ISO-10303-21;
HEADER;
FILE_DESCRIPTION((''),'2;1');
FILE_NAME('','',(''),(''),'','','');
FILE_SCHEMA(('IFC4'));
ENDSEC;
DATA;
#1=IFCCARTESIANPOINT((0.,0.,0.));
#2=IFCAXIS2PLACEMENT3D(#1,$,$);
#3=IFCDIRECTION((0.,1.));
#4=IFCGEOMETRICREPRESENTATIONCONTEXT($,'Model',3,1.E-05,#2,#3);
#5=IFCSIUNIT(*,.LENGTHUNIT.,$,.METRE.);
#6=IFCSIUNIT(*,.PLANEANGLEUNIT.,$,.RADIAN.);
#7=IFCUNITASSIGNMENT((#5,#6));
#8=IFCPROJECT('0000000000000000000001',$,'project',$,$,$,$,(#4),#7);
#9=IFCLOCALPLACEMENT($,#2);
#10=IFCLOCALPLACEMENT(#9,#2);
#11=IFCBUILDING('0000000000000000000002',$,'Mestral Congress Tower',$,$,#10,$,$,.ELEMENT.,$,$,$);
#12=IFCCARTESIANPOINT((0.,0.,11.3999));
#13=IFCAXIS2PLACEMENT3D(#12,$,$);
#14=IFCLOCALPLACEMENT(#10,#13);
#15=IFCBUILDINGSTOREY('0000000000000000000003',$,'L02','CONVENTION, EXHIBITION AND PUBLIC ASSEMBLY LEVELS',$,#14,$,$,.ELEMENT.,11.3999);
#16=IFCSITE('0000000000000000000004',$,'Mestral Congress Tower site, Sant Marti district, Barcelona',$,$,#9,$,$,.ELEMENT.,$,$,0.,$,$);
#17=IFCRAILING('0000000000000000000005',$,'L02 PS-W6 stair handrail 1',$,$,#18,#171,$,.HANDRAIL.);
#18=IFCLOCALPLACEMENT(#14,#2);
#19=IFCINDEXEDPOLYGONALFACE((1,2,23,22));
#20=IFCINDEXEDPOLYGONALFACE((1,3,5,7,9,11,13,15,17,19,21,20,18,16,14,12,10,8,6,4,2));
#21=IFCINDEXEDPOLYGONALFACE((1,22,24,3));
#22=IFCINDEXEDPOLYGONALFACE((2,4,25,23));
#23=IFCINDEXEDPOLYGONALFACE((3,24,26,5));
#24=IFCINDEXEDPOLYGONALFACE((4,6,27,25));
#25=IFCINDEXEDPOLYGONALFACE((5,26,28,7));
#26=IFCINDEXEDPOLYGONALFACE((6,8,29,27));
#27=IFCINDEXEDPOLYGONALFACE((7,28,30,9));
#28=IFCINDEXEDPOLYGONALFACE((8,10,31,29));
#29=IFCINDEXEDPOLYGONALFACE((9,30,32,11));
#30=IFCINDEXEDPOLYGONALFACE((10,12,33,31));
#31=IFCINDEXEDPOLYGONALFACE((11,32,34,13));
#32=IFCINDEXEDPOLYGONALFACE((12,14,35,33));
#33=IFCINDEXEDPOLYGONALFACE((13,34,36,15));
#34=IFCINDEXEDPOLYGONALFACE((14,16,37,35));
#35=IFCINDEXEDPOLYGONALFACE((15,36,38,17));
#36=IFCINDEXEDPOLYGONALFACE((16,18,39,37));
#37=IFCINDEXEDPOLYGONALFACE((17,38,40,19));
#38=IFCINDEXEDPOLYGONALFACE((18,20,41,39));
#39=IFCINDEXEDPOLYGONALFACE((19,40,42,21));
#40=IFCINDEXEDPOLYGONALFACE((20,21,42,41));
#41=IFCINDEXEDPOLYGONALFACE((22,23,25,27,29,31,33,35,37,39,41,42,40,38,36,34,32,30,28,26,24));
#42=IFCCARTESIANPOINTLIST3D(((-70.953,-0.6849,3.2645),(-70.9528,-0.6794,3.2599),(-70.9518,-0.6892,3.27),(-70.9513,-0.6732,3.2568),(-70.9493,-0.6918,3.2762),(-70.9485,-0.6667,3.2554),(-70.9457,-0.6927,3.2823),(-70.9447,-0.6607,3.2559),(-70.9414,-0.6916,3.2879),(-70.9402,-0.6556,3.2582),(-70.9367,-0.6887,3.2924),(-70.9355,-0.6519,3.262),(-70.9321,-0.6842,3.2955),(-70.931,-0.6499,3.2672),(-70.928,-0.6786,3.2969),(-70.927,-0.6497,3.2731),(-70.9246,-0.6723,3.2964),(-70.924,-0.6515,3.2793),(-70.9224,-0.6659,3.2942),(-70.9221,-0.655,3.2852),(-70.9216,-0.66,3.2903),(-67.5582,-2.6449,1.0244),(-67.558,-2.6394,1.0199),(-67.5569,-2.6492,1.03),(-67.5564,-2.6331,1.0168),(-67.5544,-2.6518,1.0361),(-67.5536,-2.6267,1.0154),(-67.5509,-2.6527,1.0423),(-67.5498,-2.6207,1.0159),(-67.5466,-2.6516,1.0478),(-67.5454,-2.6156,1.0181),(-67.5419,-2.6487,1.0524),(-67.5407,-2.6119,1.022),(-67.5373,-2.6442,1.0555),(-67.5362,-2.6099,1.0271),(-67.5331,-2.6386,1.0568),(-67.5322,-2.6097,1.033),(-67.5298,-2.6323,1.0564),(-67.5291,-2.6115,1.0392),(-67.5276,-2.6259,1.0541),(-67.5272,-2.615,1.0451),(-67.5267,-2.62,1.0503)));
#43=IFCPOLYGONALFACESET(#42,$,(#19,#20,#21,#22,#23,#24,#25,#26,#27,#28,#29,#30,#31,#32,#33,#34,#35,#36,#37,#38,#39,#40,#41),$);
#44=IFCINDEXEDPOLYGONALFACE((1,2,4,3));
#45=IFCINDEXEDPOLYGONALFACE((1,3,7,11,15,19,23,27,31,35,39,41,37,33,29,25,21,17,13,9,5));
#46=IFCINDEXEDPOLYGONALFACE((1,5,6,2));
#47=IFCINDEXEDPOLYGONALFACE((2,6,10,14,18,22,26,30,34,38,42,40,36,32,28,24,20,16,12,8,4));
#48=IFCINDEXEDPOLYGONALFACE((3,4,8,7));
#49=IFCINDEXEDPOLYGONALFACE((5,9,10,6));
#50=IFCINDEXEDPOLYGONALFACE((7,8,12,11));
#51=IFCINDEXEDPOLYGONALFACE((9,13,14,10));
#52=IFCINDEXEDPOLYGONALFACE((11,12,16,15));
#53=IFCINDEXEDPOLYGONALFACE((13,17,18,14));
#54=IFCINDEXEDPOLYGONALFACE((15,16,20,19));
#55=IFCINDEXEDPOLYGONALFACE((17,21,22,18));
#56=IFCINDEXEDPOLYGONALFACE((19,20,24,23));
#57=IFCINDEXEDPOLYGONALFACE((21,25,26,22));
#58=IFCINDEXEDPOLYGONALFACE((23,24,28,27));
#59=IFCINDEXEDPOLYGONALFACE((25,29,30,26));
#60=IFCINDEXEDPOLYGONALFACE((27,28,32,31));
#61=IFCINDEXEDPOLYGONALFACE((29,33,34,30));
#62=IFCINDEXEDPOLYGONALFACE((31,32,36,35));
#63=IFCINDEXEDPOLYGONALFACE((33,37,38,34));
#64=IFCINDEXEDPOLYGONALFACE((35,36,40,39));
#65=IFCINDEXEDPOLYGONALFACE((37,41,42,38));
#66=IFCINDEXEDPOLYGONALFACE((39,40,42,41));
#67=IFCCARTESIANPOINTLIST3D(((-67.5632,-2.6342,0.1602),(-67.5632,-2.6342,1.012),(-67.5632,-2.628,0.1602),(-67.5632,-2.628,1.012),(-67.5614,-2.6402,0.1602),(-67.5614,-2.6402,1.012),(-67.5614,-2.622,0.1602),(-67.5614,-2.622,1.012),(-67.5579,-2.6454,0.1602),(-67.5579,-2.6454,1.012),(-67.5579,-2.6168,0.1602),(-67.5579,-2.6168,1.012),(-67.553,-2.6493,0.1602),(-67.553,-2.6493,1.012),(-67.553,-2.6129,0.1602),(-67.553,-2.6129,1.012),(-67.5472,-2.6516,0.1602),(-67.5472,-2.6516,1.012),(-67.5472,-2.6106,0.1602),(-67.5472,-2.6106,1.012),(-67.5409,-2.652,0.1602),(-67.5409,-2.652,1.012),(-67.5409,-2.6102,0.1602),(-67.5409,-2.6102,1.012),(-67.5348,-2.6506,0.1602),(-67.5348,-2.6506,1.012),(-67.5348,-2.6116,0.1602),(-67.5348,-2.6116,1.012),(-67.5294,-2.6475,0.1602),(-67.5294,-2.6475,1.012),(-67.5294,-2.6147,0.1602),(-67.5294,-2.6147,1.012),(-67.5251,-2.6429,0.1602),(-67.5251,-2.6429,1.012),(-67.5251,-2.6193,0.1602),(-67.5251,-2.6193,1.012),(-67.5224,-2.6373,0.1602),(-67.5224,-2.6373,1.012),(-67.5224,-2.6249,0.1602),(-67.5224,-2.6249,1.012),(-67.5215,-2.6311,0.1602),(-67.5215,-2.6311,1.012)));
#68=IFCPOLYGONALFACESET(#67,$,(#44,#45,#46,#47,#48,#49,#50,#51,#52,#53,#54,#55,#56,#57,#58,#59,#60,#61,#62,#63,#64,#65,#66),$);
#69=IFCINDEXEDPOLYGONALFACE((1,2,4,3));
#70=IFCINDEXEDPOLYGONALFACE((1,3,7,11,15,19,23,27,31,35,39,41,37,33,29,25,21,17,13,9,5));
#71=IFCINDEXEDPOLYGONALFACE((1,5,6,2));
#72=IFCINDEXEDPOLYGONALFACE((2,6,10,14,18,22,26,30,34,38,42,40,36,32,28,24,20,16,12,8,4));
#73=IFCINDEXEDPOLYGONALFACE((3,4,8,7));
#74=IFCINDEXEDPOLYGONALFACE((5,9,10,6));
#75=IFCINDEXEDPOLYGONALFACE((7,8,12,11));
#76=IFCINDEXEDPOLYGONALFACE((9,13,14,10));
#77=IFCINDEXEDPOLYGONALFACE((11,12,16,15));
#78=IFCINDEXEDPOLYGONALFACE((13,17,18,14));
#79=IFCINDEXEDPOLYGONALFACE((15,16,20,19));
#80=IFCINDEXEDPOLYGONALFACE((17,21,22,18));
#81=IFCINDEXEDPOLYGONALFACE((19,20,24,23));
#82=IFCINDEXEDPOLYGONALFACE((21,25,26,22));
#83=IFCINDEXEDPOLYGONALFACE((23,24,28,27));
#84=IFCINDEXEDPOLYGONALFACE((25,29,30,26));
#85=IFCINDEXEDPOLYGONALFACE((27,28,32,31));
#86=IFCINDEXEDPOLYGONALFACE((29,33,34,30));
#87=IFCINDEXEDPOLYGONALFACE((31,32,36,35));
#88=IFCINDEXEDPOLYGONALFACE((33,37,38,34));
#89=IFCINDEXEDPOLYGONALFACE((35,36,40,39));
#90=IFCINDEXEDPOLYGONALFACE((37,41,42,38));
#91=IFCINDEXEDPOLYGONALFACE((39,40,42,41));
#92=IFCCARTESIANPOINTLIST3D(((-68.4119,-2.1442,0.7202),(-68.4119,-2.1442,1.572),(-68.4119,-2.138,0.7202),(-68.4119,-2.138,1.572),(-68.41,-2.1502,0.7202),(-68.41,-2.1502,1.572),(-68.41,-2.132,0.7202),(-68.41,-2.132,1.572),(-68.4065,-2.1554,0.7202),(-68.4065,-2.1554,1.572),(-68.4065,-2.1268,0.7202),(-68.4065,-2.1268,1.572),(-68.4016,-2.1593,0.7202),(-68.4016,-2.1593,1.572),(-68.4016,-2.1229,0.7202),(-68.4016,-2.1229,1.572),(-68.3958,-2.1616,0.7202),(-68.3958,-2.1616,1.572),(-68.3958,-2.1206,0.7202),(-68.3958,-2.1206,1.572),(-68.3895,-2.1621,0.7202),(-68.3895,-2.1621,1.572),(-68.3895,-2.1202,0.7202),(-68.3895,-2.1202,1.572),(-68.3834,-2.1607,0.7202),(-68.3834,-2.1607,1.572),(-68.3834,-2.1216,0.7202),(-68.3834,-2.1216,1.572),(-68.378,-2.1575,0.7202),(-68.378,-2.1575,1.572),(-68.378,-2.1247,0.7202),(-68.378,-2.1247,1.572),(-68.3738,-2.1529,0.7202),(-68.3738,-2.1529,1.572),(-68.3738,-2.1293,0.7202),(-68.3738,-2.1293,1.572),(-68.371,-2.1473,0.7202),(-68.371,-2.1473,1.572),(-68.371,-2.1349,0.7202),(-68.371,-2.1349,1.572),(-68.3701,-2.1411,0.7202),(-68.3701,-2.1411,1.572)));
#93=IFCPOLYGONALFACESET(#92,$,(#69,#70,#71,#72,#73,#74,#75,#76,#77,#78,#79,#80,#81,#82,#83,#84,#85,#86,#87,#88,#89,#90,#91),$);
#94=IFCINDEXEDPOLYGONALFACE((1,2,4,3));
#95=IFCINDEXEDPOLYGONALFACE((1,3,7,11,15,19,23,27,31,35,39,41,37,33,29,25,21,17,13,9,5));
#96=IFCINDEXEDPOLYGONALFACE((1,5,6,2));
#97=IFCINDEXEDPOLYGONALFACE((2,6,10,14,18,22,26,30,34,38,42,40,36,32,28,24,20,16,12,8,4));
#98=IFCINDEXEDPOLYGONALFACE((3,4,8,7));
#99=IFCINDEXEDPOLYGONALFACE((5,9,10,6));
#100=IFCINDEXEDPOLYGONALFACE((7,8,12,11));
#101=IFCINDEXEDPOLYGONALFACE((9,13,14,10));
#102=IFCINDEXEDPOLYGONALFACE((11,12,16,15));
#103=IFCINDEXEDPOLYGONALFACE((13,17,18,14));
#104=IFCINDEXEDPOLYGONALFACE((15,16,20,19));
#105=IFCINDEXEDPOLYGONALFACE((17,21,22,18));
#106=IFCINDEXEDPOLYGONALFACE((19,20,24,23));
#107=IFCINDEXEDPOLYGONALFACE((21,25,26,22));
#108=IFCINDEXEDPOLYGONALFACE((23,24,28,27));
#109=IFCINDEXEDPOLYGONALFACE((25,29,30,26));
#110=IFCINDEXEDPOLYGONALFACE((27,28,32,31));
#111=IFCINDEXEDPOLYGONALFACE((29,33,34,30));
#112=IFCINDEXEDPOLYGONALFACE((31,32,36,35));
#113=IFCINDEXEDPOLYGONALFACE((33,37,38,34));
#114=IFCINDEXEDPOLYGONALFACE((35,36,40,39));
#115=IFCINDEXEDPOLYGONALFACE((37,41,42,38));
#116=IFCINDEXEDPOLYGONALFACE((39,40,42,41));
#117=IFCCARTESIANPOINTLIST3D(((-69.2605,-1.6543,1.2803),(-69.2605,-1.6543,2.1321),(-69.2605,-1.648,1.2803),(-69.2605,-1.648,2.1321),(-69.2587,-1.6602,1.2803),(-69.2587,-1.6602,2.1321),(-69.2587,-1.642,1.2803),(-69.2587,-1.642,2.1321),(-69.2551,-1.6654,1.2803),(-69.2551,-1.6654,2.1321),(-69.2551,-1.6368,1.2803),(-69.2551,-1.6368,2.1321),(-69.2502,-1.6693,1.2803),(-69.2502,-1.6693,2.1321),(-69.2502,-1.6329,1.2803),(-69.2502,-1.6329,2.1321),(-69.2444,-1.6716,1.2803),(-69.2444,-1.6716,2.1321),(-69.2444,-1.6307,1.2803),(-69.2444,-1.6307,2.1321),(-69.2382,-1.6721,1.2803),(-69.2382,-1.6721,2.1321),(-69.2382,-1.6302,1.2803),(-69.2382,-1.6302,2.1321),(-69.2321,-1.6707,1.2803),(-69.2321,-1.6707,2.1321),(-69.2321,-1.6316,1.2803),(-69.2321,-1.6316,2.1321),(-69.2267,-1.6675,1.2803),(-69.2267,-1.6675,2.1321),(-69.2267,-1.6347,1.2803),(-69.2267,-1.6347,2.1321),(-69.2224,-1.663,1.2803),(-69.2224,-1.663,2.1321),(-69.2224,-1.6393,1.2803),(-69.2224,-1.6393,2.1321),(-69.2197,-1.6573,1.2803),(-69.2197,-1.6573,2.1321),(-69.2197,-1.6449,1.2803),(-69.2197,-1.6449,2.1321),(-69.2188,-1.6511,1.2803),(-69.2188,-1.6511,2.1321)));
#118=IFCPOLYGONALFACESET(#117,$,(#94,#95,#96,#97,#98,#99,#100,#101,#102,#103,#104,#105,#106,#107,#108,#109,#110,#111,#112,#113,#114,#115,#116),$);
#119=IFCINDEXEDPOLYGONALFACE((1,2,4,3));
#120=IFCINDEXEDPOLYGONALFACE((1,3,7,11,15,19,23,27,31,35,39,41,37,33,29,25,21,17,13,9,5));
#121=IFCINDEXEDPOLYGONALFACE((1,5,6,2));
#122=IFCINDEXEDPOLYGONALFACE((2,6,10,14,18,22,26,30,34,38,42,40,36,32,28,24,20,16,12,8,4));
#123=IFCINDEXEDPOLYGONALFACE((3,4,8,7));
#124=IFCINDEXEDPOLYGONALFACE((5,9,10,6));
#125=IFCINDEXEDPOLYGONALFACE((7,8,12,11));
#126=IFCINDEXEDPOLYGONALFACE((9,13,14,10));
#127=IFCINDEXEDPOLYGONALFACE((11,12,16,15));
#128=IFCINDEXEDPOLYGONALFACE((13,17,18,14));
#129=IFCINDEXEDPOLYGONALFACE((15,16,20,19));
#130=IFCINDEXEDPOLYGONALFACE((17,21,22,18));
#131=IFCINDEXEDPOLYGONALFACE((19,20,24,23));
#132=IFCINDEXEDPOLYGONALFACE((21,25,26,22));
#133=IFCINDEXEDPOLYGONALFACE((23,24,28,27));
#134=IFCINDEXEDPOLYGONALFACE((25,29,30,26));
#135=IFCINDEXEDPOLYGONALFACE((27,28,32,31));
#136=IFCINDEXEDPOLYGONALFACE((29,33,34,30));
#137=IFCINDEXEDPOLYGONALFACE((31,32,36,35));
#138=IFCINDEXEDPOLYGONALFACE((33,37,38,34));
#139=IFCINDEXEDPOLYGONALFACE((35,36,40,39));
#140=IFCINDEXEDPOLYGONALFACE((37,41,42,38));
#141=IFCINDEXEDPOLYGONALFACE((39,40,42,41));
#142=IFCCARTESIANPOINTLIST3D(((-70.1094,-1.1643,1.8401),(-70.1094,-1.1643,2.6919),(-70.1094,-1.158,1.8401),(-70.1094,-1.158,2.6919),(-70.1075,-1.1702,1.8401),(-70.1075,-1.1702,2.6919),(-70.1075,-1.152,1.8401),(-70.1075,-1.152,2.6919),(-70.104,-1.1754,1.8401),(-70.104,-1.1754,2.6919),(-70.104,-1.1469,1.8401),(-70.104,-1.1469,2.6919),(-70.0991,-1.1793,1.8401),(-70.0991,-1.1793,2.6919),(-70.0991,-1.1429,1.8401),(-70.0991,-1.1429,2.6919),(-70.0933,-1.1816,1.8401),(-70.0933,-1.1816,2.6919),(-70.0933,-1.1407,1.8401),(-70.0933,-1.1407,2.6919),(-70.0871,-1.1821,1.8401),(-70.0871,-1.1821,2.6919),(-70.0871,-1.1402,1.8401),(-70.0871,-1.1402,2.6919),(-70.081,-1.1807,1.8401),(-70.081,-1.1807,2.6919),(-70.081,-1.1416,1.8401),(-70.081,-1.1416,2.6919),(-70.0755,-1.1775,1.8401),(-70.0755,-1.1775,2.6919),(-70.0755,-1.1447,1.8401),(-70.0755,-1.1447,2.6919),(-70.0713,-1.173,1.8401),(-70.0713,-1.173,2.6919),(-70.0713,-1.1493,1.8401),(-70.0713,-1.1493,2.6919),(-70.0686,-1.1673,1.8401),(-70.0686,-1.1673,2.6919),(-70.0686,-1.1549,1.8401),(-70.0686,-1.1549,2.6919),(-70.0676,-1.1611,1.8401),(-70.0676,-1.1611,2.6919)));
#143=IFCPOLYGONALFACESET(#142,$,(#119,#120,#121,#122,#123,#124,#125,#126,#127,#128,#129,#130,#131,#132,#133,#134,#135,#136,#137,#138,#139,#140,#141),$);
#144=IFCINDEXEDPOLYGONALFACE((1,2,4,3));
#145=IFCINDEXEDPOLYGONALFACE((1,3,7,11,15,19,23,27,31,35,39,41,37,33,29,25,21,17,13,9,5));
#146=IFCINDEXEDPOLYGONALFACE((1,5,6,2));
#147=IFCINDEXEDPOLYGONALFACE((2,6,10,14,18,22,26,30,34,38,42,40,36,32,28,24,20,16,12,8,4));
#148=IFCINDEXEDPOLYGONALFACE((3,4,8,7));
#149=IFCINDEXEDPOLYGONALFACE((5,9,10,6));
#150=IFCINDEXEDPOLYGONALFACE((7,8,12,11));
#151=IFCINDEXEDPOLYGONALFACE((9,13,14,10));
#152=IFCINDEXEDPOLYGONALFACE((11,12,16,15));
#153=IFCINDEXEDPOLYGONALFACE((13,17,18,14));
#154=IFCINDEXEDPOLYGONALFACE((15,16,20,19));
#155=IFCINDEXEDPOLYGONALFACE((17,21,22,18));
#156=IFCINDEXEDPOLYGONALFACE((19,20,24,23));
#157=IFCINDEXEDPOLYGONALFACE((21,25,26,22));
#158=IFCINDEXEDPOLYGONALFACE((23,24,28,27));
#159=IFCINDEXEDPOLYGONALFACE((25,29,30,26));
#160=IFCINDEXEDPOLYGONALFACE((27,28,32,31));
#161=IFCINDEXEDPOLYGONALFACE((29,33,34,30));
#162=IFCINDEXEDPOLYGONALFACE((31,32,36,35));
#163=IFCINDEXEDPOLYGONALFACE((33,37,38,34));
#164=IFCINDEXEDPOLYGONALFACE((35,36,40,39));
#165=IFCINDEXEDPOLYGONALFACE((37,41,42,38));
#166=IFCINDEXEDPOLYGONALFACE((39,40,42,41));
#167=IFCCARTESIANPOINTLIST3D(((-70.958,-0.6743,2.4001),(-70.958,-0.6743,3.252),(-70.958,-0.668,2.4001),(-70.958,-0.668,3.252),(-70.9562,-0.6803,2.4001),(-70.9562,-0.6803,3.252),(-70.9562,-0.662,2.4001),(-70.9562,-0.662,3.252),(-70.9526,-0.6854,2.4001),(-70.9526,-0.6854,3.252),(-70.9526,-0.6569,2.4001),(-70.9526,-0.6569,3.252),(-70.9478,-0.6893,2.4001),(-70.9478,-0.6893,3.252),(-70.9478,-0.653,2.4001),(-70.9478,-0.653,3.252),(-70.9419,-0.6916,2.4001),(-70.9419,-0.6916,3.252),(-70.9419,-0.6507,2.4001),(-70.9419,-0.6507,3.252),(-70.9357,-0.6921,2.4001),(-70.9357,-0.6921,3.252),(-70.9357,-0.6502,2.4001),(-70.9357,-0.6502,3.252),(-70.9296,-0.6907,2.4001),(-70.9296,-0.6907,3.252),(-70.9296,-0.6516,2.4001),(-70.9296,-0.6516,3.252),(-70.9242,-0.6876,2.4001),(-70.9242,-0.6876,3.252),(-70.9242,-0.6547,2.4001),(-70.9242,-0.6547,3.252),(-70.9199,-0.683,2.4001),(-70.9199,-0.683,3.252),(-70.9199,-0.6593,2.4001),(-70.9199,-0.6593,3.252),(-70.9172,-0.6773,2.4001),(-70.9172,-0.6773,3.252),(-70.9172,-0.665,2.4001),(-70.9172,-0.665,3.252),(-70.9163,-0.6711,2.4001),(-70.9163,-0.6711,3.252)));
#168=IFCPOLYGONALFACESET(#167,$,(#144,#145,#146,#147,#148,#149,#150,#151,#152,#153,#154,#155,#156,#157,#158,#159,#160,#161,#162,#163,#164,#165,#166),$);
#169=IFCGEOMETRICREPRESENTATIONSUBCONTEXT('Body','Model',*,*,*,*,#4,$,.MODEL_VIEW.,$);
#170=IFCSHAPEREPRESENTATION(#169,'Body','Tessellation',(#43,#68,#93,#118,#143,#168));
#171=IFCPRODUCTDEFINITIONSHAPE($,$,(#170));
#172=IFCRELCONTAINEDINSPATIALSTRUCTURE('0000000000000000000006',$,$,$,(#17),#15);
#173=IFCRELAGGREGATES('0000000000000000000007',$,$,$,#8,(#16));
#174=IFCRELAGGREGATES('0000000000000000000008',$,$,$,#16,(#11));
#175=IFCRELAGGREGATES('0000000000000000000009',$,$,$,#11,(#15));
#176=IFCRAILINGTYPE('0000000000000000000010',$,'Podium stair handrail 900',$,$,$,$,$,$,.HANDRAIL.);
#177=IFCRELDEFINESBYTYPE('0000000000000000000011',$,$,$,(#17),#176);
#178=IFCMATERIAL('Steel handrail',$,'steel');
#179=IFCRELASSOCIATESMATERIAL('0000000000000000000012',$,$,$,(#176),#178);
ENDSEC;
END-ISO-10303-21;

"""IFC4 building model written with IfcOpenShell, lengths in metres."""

from ifc_helpers import new_model, si_unit, direction, frame, origin, origin_2d, place, context, subcontext, project, spatial, circle, extrude, material, type_object, element, save


model = new_model("IFC4")

# Units and contexts
model_context = context("Model", 3, precision=1e-05, world=origin(), true_north=direction((0.0, 1.0)))
body_context = subcontext(model_context, "Body", "Model", "MODEL_VIEW")
ifc_project = project(units=[si_unit("LENGTHUNIT", "METRE"), si_unit("PLANEANGLEUNIT", "RADIAN")], contexts=[model_context])

# Site, building, storey
site_placement = place(None, origin())
site = spatial("IfcSite", under=ifc_project, at=site_placement, Name="Mestral Congress Tower site, Sant Marti district, Barcelona", CompositionType="ELEMENT", RefElevation=0.0)
building_placement = place(site_placement, origin())
building = spatial("IfcBuilding", under=site, at=building_placement, Name="Mestral Congress Tower", CompositionType="ELEMENT")
storey_placement = place(building_placement, frame((0.0, 0.0, 11.3999)))
storey = spatial("IfcBuildingStorey", under=building, at=storey_placement, Name="L02", Description="CONVENTION, EXHIBITION AND PUBLIC ASSEMBLY LEVELS", CompositionType="ELEMENT", Elevation=11.3999)

# Railing
ifc_material_1 = material(Name="Steel handrail", Category="steel")
railing_type_1 = type_object("IfcRailingType", Name="Podium stair handrail 900", PredefinedType="HANDRAIL", material=ifc_material_1)
railing_1_placement = place(storey_placement, frame((-67.5425, -2.6311, 0.1602)))
element("IfcRailing", 1, at=railing_1_placement, inside=storey, type_object=railing_type_1, Name="L02 PS-W6 stair handrail 1", PredefinedType="HANDRAIL", context=body_context, shape_type="SweptSolid", body=[
    extrude(circle(Radius=0.0239, at=origin_2d()), frame((0.0, 0.0, 0.876), z_axis=(-0.75192, 0.434118, 0.496143), x_axis=(-0.499997, -0.866027, 0.0)), (0.0, 0.0, 1.0), 4.5149),
    extrude(circle(Radius=0.021, at=origin_2d()), origin(), (0.0, 0.0, 1.0), 0.8518),
    extrude(circle(Radius=0.021, at=origin_2d()), frame((-0.8486, 0.49, 0.5601)), (0.0, 0.0, 1.0), 0.8518),
    extrude(circle(Radius=0.021, at=origin_2d()), frame((-1.6973, 0.98, 1.1201)), (0.0, 0.0, 1.0), 0.8518),
    extrude(circle(Radius=0.021, at=origin_2d()), frame((-2.5461, 1.47, 1.6799)), (0.0, 0.0, 1.0), 0.8518),
    extrude(circle(Radius=0.021, at=origin_2d()), frame((-3.3948, 1.96, 2.24)), (0.0, 0.0, 1.0), 0.8518),
])

save(model, "model.ifc")
